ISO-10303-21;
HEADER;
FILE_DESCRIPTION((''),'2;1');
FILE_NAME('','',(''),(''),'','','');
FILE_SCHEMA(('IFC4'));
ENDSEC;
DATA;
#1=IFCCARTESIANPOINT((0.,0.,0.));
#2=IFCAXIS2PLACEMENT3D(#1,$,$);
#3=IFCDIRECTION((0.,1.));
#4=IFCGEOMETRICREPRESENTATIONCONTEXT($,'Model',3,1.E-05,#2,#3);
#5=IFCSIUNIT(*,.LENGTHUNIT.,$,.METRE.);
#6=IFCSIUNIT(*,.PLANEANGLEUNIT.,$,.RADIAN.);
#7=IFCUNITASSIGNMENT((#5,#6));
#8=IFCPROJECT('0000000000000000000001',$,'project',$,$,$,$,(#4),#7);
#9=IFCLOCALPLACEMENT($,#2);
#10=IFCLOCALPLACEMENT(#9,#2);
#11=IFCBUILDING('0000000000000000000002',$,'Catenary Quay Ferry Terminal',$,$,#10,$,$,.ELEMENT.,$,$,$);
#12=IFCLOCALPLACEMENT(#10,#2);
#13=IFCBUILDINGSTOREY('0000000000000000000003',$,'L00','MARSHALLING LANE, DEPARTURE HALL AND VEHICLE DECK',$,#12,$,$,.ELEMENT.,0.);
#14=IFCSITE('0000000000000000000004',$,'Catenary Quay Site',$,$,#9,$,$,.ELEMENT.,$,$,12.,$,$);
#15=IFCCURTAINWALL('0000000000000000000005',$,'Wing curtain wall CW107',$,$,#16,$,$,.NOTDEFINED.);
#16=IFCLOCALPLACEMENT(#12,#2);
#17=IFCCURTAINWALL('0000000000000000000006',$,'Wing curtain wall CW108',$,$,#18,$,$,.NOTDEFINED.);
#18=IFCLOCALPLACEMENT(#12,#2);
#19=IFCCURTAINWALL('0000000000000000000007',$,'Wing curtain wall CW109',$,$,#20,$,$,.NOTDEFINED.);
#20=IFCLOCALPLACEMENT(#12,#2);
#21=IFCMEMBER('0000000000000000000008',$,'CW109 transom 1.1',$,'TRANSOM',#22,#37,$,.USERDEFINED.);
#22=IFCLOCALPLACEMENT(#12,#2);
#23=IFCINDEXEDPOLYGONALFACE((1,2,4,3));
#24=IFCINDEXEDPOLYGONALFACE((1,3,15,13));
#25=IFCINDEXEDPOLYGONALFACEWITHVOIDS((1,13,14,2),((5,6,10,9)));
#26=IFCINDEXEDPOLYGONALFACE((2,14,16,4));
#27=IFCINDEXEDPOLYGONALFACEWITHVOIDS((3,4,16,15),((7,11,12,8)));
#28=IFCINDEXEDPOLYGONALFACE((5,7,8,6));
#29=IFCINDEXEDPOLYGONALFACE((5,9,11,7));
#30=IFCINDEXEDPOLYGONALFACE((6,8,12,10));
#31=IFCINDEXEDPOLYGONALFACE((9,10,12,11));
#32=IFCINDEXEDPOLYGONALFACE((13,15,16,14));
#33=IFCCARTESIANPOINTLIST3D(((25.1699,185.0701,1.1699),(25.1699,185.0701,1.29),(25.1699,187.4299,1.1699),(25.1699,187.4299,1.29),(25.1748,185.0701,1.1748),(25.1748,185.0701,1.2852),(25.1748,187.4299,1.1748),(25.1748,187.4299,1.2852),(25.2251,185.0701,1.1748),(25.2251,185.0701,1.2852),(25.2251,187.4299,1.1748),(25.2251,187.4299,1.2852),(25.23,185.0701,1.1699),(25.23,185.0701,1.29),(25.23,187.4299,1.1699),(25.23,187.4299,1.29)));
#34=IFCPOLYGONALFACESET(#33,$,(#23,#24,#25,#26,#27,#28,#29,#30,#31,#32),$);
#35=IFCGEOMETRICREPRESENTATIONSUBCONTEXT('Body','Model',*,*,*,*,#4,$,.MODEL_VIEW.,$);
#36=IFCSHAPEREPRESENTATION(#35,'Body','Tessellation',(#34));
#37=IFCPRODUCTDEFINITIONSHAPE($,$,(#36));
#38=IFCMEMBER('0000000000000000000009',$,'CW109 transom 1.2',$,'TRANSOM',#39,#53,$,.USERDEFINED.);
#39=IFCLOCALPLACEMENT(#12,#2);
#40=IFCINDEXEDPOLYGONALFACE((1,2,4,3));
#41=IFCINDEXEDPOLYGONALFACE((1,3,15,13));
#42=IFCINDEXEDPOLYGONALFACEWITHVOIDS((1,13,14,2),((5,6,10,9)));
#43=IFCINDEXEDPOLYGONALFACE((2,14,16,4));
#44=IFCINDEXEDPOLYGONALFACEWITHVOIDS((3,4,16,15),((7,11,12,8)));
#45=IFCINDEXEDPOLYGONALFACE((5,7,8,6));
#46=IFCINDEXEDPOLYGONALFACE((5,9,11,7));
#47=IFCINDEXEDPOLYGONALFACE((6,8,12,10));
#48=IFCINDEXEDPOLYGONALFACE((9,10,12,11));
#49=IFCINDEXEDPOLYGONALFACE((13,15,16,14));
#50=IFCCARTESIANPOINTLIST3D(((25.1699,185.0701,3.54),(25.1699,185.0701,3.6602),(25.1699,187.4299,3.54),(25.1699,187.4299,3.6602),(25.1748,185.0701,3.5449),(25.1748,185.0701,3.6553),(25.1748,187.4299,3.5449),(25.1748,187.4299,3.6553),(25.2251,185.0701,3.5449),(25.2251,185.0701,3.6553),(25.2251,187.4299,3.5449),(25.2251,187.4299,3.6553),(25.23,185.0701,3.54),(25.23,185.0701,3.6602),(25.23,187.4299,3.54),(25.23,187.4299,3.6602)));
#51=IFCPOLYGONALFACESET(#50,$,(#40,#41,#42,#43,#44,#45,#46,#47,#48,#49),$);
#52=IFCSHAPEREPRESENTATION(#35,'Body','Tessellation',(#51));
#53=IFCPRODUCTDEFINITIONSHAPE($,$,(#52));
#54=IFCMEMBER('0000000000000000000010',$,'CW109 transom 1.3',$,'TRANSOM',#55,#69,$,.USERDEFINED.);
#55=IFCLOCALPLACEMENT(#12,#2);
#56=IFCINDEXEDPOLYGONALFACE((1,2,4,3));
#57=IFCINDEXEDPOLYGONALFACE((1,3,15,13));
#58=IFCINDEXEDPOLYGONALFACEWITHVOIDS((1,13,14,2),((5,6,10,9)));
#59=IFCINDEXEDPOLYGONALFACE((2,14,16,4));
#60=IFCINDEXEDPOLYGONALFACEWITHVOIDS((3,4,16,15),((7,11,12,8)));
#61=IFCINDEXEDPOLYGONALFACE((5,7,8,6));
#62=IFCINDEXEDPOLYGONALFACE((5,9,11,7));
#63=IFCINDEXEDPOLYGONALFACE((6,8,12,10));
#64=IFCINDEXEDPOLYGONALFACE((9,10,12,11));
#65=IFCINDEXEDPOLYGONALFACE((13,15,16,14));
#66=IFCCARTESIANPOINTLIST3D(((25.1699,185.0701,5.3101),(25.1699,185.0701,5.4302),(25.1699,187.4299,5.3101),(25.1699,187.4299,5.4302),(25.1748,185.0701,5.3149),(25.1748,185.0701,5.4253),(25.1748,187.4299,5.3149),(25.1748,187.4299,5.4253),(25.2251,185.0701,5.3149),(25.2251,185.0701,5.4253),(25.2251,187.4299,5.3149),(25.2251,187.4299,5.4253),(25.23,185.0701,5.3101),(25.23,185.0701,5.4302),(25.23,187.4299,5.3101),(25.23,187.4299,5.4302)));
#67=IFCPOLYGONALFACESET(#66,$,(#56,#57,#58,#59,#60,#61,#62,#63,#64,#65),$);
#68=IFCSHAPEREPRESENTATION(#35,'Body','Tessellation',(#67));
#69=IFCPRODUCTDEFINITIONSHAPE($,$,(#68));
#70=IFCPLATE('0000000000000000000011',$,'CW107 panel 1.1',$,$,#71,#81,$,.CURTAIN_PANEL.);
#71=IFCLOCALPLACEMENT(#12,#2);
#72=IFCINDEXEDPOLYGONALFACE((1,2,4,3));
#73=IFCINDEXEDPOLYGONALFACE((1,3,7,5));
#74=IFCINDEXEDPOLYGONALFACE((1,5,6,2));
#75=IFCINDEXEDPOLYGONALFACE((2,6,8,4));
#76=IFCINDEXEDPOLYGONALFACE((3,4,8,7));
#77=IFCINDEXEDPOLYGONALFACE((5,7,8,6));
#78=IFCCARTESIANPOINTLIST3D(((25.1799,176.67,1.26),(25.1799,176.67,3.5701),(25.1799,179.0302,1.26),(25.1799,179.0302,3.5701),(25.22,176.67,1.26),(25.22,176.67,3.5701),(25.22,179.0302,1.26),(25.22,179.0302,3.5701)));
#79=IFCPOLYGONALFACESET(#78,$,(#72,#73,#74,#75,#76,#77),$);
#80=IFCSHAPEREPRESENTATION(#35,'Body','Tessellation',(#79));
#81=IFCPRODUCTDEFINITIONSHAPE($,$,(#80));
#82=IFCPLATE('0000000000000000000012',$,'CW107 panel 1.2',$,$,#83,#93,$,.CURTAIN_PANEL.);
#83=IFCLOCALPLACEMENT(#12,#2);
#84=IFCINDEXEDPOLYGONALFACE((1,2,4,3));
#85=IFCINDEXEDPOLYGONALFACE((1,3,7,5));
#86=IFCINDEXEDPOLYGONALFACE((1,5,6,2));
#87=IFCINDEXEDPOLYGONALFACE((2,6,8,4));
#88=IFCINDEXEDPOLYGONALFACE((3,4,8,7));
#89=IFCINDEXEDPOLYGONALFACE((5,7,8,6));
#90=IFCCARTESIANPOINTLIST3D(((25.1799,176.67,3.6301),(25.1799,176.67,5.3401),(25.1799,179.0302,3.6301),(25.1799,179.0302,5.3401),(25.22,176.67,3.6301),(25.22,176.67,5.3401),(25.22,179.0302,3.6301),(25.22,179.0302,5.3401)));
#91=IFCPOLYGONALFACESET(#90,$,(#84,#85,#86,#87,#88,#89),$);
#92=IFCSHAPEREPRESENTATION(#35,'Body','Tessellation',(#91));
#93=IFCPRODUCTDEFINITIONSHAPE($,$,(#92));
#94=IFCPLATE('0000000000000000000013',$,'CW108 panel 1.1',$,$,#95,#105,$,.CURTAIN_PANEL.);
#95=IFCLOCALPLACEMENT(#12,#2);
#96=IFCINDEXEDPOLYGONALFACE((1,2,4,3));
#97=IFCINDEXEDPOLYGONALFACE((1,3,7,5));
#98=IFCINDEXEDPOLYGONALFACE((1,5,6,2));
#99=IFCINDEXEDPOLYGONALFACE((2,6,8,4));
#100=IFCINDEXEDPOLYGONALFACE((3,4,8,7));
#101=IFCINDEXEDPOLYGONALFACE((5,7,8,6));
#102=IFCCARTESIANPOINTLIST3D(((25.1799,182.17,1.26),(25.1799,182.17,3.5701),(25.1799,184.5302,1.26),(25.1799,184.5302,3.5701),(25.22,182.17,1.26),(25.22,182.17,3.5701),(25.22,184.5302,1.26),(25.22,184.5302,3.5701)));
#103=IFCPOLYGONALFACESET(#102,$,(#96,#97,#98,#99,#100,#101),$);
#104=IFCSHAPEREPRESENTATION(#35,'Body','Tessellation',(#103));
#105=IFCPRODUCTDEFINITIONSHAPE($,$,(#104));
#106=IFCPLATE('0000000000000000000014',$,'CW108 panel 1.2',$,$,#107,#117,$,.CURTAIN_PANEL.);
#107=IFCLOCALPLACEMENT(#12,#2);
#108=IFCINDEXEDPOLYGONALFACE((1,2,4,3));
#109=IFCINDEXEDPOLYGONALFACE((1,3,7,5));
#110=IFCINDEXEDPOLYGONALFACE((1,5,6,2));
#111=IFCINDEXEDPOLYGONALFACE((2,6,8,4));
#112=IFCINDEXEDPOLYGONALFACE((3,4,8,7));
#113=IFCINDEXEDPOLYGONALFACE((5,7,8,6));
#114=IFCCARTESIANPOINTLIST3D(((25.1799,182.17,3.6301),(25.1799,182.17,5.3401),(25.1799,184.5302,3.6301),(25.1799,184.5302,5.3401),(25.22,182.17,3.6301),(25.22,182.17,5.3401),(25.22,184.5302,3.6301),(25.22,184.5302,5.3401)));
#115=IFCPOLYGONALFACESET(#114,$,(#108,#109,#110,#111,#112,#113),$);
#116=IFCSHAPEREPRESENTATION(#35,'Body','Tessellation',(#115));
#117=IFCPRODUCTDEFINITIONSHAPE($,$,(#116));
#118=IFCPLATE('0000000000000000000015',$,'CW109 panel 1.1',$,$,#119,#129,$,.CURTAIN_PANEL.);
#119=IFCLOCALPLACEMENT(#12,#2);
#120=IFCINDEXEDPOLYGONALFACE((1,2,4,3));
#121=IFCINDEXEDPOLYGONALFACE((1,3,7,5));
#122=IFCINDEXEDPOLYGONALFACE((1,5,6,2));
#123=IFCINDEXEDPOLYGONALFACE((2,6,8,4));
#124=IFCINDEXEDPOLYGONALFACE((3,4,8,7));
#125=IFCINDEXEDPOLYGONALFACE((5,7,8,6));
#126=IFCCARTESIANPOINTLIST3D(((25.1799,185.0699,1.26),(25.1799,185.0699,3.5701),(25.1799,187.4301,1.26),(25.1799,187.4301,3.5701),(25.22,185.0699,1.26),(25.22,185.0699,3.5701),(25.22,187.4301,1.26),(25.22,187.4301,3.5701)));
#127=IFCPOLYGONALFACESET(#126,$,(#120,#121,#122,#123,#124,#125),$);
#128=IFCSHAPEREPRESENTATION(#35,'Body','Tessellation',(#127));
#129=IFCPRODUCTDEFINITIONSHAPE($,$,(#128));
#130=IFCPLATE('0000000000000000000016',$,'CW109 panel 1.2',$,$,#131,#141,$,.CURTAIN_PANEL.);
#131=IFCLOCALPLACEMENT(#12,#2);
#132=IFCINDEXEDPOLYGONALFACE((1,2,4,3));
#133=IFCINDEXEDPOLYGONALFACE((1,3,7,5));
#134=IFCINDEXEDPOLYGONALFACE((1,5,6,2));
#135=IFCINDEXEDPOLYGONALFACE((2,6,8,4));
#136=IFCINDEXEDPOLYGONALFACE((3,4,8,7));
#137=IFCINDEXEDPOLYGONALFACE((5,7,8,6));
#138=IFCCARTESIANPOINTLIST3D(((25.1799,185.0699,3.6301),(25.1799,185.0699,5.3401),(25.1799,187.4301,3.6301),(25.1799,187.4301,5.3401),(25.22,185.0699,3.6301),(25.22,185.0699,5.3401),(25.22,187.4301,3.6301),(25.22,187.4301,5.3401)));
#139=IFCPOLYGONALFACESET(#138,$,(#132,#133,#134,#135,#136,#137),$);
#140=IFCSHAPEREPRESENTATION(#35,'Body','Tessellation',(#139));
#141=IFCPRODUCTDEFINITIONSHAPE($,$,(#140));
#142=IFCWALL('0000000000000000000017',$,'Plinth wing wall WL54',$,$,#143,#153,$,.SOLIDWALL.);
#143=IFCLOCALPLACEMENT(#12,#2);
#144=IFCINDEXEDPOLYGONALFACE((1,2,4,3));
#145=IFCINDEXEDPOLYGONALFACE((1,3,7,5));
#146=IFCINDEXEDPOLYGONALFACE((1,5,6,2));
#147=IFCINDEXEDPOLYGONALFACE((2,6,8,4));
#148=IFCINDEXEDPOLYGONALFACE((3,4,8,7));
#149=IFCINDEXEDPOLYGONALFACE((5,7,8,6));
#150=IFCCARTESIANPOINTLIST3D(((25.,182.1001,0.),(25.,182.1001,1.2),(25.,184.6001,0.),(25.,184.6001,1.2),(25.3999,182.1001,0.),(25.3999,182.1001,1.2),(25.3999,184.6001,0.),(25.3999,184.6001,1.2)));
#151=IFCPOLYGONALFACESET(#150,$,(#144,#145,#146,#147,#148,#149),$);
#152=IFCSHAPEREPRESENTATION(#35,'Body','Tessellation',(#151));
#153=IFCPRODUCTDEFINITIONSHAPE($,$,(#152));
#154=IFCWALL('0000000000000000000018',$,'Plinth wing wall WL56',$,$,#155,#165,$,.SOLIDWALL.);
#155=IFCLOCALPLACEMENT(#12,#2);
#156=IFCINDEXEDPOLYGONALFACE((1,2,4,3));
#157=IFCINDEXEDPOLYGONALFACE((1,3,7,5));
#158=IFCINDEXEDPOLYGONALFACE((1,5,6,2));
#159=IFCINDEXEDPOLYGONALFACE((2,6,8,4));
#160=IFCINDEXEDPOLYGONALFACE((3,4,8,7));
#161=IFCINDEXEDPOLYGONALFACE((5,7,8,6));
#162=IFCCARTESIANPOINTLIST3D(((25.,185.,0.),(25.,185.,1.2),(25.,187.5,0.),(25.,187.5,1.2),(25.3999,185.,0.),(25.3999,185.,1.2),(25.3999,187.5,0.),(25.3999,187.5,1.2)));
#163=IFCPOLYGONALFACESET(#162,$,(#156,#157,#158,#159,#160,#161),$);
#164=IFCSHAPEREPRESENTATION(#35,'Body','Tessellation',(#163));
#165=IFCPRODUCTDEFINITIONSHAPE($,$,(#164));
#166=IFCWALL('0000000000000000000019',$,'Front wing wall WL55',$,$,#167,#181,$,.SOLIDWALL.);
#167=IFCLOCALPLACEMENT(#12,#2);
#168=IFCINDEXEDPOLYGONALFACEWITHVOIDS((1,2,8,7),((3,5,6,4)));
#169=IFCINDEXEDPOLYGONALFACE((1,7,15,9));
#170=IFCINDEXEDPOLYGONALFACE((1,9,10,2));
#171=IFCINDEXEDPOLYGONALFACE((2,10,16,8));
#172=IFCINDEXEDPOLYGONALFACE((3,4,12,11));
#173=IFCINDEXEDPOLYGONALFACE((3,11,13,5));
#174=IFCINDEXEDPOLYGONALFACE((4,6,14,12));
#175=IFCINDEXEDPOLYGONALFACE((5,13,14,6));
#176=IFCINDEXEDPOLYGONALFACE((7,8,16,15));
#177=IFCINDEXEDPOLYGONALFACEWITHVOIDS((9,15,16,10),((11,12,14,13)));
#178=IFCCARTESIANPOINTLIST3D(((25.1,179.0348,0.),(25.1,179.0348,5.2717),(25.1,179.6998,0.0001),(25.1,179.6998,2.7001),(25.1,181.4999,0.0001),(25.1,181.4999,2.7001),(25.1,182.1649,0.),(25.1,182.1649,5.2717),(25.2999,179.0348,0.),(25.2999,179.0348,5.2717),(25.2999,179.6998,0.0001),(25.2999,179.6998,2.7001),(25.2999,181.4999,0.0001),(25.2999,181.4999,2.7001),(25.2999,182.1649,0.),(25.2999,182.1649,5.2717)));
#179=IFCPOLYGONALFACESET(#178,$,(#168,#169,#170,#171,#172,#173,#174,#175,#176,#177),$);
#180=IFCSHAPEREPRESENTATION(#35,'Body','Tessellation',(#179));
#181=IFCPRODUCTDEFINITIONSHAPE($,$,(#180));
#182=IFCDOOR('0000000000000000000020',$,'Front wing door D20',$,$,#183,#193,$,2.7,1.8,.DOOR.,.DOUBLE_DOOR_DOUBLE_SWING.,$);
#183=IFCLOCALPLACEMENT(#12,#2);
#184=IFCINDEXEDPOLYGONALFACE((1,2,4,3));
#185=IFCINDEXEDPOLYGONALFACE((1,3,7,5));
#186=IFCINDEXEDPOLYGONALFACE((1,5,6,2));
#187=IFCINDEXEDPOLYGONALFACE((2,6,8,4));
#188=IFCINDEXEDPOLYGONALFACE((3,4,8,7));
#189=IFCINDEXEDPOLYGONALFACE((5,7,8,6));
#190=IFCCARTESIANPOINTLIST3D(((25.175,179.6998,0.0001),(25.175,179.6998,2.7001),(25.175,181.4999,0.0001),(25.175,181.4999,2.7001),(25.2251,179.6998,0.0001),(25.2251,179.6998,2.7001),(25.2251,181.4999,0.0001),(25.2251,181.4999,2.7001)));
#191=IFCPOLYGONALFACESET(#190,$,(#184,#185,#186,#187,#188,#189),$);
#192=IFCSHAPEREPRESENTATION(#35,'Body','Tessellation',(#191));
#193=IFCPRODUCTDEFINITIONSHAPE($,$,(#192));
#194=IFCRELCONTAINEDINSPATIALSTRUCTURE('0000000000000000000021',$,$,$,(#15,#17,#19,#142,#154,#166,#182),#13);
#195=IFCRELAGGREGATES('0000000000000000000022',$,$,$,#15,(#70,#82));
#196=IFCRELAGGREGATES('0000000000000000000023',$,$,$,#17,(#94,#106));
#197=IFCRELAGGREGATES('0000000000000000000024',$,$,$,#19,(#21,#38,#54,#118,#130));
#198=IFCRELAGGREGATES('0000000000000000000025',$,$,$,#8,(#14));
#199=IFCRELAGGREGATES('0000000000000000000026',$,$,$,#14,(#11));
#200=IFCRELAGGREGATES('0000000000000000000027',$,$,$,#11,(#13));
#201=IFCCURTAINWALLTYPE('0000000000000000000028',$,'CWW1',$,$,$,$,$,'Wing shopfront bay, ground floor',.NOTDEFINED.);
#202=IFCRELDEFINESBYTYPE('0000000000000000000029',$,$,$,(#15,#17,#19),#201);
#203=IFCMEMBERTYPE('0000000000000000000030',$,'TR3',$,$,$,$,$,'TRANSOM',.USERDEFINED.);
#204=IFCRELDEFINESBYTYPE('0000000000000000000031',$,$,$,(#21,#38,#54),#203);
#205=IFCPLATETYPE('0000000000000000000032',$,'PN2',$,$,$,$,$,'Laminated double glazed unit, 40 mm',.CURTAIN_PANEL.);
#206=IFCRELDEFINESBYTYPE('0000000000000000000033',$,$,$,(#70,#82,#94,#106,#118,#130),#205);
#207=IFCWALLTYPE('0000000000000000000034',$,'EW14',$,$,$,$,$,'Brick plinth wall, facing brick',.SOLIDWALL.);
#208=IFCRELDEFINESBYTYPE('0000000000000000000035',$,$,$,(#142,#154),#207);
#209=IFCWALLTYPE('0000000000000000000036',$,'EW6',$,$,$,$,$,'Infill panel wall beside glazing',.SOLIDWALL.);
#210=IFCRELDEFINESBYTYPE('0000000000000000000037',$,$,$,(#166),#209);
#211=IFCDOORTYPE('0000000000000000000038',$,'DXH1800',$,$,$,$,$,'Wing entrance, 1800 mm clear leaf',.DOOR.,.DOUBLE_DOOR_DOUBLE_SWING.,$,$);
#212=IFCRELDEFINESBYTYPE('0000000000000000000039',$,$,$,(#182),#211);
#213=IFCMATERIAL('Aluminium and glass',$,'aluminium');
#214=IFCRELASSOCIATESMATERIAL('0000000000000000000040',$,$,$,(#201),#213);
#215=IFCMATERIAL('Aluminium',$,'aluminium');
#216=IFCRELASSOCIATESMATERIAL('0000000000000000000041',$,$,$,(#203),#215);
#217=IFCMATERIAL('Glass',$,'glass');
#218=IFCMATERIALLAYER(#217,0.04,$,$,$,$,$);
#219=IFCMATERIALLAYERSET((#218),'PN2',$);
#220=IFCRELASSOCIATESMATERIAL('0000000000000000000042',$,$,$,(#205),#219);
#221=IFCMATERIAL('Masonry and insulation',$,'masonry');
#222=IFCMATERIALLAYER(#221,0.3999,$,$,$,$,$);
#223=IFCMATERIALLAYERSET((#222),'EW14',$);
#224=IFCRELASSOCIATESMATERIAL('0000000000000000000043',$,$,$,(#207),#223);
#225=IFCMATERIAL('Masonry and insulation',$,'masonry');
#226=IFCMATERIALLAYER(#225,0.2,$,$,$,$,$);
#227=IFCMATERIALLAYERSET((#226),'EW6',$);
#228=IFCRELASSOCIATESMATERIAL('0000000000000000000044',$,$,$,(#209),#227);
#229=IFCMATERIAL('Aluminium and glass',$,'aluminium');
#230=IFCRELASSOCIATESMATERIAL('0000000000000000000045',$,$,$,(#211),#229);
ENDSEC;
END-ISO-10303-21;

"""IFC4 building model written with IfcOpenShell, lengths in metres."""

from ifc_helpers import new_model, si_unit, direction, frame, frame_2d, origin, origin_2d, place, context, subcontext, project, spatial, rectangle, hollow_rectangle, extrude, material, layer, layer_set, material_profile, profile_set, type_object, element, fill, aggregate, save


model = new_model("IFC4")

# Units and contexts
model_context = context("Model", 3, precision=1e-05, world=origin(), true_north=direction((0.0, 1.0)))
body_context = subcontext(model_context, "Body", "Model", "MODEL_VIEW")
ifc_project = project(units=[si_unit("LENGTHUNIT", "METRE"), si_unit("PLANEANGLEUNIT", "RADIAN")], contexts=[model_context])

# Site, building, storey
site_placement = place(None, origin())
site = spatial("IfcSite", under=ifc_project, at=site_placement, Name="Catenary Quay Site", CompositionType="ELEMENT", RefElevation=12.0)
building_placement = place(site_placement, origin())
building = spatial("IfcBuilding", under=site, at=building_placement, Name="Catenary Quay Ferry Terminal", CompositionType="ELEMENT")
storey_placement = place(building_placement, origin())
storey = spatial("IfcBuildingStorey", under=building, at=storey_placement, Name="L00", Description="MARSHALLING LANE, DEPARTURE HALL AND VEHICLE DECK", CompositionType="ELEMENT", Elevation=0.0)

# Curtain walls
ifc_material_1 = material(Name="Aluminium and glass", Category="aluminium")
curtain_wall_type = type_object("IfcCurtainWallType", Name="CWW1", ElementType="Wing shopfront bay, ground floor", PredefinedType="NOTDEFINED", material=ifc_material_1)
curtain_wall_1_placement = place(storey_placement, origin())
curtain_wall_1 = element("IfcCurtainWall", 1, at=curtain_wall_1_placement, inside=storey, type_object=curtain_wall_type, Name="Wing curtain wall CW107", PredefinedType="NOTDEFINED")
curtain_wall_2_placement = place(storey_placement, origin())
curtain_wall_2 = element("IfcCurtainWall", 2, at=curtain_wall_2_placement, inside=storey, type_object=curtain_wall_type, Name="Wing curtain wall CW108", PredefinedType="NOTDEFINED")

# Curtain wall
curtain_wall_3_placement = place(storey_placement, origin())
curtain_wall_3 = element("IfcCurtainWall", 3, at=curtain_wall_3_placement, inside=storey, type_object=curtain_wall_type, Name="Wing curtain wall CW109", PredefinedType="NOTDEFINED")

# Members
ifc_material_2 = material(Name="Aluminium", Category="aluminium")
ifc_material_profile_1 = material_profile(ifc_material_2, hollow_rectangle(XDim=0.0601, YDim=0.1201, WallThickness=0.0049, at=origin_2d()), Name="TR3")
ifc_profile_set_1 = profile_set([ifc_material_profile_1], Name="Aluminium")
member_type_1 = type_object("IfcMemberType", Name="TR3", ElementType="TRANSOM", PredefinedType="USERDEFINED", material=ifc_profile_set_1)
member_1_placement = place(storey_placement, frame((25.2, 185.0701, 1.23), z_axis=(0.0, 1.0, 0.0), x_axis=(-1.0, 0.0, 0.0)))
member_1 = element("IfcMember", 4, at=member_1_placement, type_object=member_type_1, Name="CW109 transom 1.1", ObjectType="TRANSOM", PredefinedType="USERDEFINED", context=body_context, shape_type="SweptSolid", body=[
    extrude(hollow_rectangle(XDim=0.0601, YDim=0.1201, WallThickness=0.0049, at=origin_2d()), origin(), (0.0, 0.0, 1.0), 2.3599),
])
member_2_placement = place(storey_placement, frame((25.2, 185.0701, 3.6001), z_axis=(0.0, 1.0, 0.0), x_axis=(-1.0, 0.0, 0.0)))
member_2 = element("IfcMember", 5, at=member_2_placement, type_object=member_type_1, Name="CW109 transom 1.2", ObjectType="TRANSOM", PredefinedType="USERDEFINED", context=body_context, shape_type="SweptSolid", body=[
    extrude(hollow_rectangle(XDim=0.0601, YDim=0.1201, WallThickness=0.0049, at=origin_2d()), origin(), (0.0, 0.0, 1.0), 2.3599),
])
member_3_placement = place(storey_placement, frame((25.2, 185.0701, 5.3701), z_axis=(0.0, 1.0, 0.0), x_axis=(-1.0, 0.0, 0.0)))
member_3 = element("IfcMember", 6, at=member_3_placement, type_object=member_type_1, Name="CW109 transom 1.3", ObjectType="TRANSOM", PredefinedType="USERDEFINED", context=body_context, shape_type="SweptSolid", body=[
    extrude(hollow_rectangle(XDim=0.0601, YDim=0.1201, WallThickness=0.0049, at=origin_2d()), origin(), (0.0, 0.0, 1.0), 2.3599),
])

# Plates
ifc_material_3 = material(Name="Glass", Category="glass")
ifc_layer_1 = layer(ifc_material_3, 0.04)
ifc_layer_set_1 = layer_set([ifc_layer_1], Name="PN2")
plate_type = type_object("IfcPlateType", Name="PN2", ElementType="Laminated double glazed unit, 40 mm", PredefinedType="CURTAIN_PANEL", material=ifc_layer_set_1)
plate_1_placement = place(storey_placement, frame((25.2, 177.8501, 1.26), z_axis=(0.0, 0.0, 1.0), x_axis=(0.0, 1.0, 0.0)))
plate_1 = element("IfcPlate", 7, at=plate_1_placement, type_object=plate_type, Name="CW107 panel 1.1", PredefinedType="CURTAIN_PANEL", context=body_context, shape_type="SweptSolid", body=[
    extrude(rectangle(XDim=2.3601, YDim=0.04, at=origin_2d()), origin(), (0.0, 0.0, 1.0), 2.3101),
])
plate_2_placement = place(storey_placement, frame((25.2, 177.8501, 3.6301), z_axis=(0.0, 0.0, 1.0), x_axis=(0.0, 1.0, 0.0)))
plate_2 = element("IfcPlate", 8, at=plate_2_placement, type_object=plate_type, Name="CW107 panel 1.2", PredefinedType="CURTAIN_PANEL", context=body_context, shape_type="SweptSolid", body=[
    extrude(rectangle(XDim=2.3601, YDim=0.04, at=origin_2d()), origin(), (0.0, 0.0, 1.0), 1.71),
])
aggregate(curtain_wall_1, [plate_1, plate_2])
plate_3_placement = place(storey_placement, frame((25.2, 183.3501, 1.26), z_axis=(0.0, 0.0, 1.0), x_axis=(0.0, 1.0, 0.0)))
plate_3 = element("IfcPlate", 9, at=plate_3_placement, type_object=plate_type, Name="CW108 panel 1.1", PredefinedType="CURTAIN_PANEL", context=body_context, shape_type="SweptSolid", body=[
    extrude(rectangle(XDim=2.3601, YDim=0.04, at=origin_2d()), origin(), (0.0, 0.0, 1.0), 2.3101),
])
plate_4_placement = place(storey_placement, frame((25.2, 183.3501, 3.6301), z_axis=(0.0, 0.0, 1.0), x_axis=(0.0, 1.0, 0.0)))
plate_4 = element("IfcPlate", 10, at=plate_4_placement, type_object=plate_type, Name="CW108 panel 1.2", PredefinedType="CURTAIN_PANEL", context=body_context, shape_type="SweptSolid", body=[
    extrude(rectangle(XDim=2.3601, YDim=0.04, at=origin_2d()), origin(), (0.0, 0.0, 1.0), 1.71),
])
aggregate(curtain_wall_2, [plate_3, plate_4])
plate_5_placement = place(storey_placement, frame((25.2, 186.25, 1.26), z_axis=(0.0, 0.0, 1.0), x_axis=(0.0, 1.0, 0.0)))
plate_5 = element("IfcPlate", 11, at=plate_5_placement, type_object=plate_type, Name="CW109 panel 1.1", PredefinedType="CURTAIN_PANEL", context=body_context, shape_type="SweptSolid", body=[
    extrude(rectangle(XDim=2.3601, YDim=0.04, at=origin_2d()), origin(), (0.0, 0.0, 1.0), 2.3101),
])
plate_6_placement = place(storey_placement, frame((25.2, 186.25, 3.6301), z_axis=(0.0, 0.0, 1.0), x_axis=(0.0, 1.0, 0.0)))
plate_6 = element("IfcPlate", 12, at=plate_6_placement, type_object=plate_type, Name="CW109 panel 1.2", PredefinedType="CURTAIN_PANEL", context=body_context, shape_type="SweptSolid", body=[
    extrude(rectangle(XDim=2.3601, YDim=0.04, at=origin_2d()), origin(), (0.0, 0.0, 1.0), 1.71),
])
aggregate(curtain_wall_3, [member_1, member_2, member_3, plate_5, plate_6])

# Walls
ifc_material_4 = material(Name="Masonry and insulation", Category="masonry")
ifc_layer_2 = layer(ifc_material_4, 0.3999)
ifc_layer_set_2 = layer_set([ifc_layer_2], Name="EW14")
wall_type_1 = type_object("IfcWallType", Name="EW14", ElementType="Brick plinth wall, facing brick", PredefinedType="SOLIDWALL", material=ifc_layer_set_2)
for number, where, z_axis, x_axis, name in (
    (13, (25.2, 182.1001, 0.0), (0.0, 0.0, 1.0), (0.0, 1.0, 0.0), "Plinth wing wall WL54"),
    (14, (25.2, 185.0, 0.0), (0.0, 0.0, 1.0), (0.0, 1.0, 0.0), "Plinth wing wall WL56"),
):
    element("IfcWall", number, at=place(storey_placement, frame(where, z_axis=z_axis, x_axis=x_axis)), inside=storey, type_object=wall_type_1, Name=name, PredefinedType="SOLIDWALL", context=body_context, shape_type="SweptSolid", body=[
        extrude(rectangle(XDim=2.5, YDim=0.3999, at=frame_2d((1.25, 0.0))), origin(), (0.0, 0.0, 1.0), 1.2),
    ])

# Wall, opening, door
ifc_material_5 = material(Name="Masonry and insulation", Category="masonry")
ifc_layer_3 = layer(ifc_material_5, 0.2)
ifc_layer_set_3 = layer_set([ifc_layer_3], Name="EW6")
wall_type_2 = type_object("IfcWallType", Name="EW6", ElementType="Infill panel wall beside glazing", PredefinedType="SOLIDWALL", material=ifc_layer_set_3)
wall_1_placement = place(storey_placement, frame((25.2, 179.0349, 0.0), z_axis=(0.0, 0.0, 1.0), x_axis=(0.0, 1.0, 0.0)))
wall_1 = element("IfcWall", 15, at=wall_1_placement, inside=storey, type_object=wall_type_2, Name="Front wing wall WL55", PredefinedType="SOLIDWALL", context=body_context, shape_type="SweptSolid", body=[
    extrude(rectangle(XDim=3.1301, YDim=0.2, at=frame_2d((1.5649, 0.0))), origin(), (0.0, 0.0, 1.0), 5.2717),
])
opening_placement = place(wall_1_placement, frame((0.665, 0.0, 0.0)))
opening = element("IfcOpeningElement", 16, at=opening_placement, cuts=wall_1, PredefinedType="OPENING", context=body_context, shape_type="SweptSolid", body=[
    extrude(rectangle(XDim=1.8, YDim=2.7, at=frame_2d((0.8999, 1.3501))), frame((0.0, 0.1099, 0.0), z_axis=(0.0, -1.0, 0.0), x_axis=(1.0, 0.0, 0.0)), (0.0, 0.0, 1.0), 0.22),
])
ifc_material_6 = material(Name="Aluminium and glass", Category="aluminium")
door_type = type_object("IfcDoorType", Name="DXH1800", ElementType="Wing entrance, 1800 mm clear leaf", OperationType="DOUBLE_DOOR_DOUBLE_SWING", PredefinedType="DOOR", material=ifc_material_6)
door_placement = place(opening_placement, origin())
door = element("IfcDoor", 17, at=door_placement, inside=storey, type_object=door_type, Name="Front wing door D20", OperationType="DOUBLE_DOOR_DOUBLE_SWING", OverallHeight=2.7, OverallWidth=1.8, PredefinedType="DOOR", context=body_context, shape_type="SweptSolid", body=[
    extrude(rectangle(XDim=1.8, YDim=2.7, at=frame_2d((0.8999, 1.3501))), frame((0.0, 0.0249, 0.0), z_axis=(0.0, -1.0, 0.0), x_axis=(1.0, 0.0, 0.0)), (0.0, 0.0, 1.0), 0.05),
])
fill(opening, door)

save(model, "model.ifc")
